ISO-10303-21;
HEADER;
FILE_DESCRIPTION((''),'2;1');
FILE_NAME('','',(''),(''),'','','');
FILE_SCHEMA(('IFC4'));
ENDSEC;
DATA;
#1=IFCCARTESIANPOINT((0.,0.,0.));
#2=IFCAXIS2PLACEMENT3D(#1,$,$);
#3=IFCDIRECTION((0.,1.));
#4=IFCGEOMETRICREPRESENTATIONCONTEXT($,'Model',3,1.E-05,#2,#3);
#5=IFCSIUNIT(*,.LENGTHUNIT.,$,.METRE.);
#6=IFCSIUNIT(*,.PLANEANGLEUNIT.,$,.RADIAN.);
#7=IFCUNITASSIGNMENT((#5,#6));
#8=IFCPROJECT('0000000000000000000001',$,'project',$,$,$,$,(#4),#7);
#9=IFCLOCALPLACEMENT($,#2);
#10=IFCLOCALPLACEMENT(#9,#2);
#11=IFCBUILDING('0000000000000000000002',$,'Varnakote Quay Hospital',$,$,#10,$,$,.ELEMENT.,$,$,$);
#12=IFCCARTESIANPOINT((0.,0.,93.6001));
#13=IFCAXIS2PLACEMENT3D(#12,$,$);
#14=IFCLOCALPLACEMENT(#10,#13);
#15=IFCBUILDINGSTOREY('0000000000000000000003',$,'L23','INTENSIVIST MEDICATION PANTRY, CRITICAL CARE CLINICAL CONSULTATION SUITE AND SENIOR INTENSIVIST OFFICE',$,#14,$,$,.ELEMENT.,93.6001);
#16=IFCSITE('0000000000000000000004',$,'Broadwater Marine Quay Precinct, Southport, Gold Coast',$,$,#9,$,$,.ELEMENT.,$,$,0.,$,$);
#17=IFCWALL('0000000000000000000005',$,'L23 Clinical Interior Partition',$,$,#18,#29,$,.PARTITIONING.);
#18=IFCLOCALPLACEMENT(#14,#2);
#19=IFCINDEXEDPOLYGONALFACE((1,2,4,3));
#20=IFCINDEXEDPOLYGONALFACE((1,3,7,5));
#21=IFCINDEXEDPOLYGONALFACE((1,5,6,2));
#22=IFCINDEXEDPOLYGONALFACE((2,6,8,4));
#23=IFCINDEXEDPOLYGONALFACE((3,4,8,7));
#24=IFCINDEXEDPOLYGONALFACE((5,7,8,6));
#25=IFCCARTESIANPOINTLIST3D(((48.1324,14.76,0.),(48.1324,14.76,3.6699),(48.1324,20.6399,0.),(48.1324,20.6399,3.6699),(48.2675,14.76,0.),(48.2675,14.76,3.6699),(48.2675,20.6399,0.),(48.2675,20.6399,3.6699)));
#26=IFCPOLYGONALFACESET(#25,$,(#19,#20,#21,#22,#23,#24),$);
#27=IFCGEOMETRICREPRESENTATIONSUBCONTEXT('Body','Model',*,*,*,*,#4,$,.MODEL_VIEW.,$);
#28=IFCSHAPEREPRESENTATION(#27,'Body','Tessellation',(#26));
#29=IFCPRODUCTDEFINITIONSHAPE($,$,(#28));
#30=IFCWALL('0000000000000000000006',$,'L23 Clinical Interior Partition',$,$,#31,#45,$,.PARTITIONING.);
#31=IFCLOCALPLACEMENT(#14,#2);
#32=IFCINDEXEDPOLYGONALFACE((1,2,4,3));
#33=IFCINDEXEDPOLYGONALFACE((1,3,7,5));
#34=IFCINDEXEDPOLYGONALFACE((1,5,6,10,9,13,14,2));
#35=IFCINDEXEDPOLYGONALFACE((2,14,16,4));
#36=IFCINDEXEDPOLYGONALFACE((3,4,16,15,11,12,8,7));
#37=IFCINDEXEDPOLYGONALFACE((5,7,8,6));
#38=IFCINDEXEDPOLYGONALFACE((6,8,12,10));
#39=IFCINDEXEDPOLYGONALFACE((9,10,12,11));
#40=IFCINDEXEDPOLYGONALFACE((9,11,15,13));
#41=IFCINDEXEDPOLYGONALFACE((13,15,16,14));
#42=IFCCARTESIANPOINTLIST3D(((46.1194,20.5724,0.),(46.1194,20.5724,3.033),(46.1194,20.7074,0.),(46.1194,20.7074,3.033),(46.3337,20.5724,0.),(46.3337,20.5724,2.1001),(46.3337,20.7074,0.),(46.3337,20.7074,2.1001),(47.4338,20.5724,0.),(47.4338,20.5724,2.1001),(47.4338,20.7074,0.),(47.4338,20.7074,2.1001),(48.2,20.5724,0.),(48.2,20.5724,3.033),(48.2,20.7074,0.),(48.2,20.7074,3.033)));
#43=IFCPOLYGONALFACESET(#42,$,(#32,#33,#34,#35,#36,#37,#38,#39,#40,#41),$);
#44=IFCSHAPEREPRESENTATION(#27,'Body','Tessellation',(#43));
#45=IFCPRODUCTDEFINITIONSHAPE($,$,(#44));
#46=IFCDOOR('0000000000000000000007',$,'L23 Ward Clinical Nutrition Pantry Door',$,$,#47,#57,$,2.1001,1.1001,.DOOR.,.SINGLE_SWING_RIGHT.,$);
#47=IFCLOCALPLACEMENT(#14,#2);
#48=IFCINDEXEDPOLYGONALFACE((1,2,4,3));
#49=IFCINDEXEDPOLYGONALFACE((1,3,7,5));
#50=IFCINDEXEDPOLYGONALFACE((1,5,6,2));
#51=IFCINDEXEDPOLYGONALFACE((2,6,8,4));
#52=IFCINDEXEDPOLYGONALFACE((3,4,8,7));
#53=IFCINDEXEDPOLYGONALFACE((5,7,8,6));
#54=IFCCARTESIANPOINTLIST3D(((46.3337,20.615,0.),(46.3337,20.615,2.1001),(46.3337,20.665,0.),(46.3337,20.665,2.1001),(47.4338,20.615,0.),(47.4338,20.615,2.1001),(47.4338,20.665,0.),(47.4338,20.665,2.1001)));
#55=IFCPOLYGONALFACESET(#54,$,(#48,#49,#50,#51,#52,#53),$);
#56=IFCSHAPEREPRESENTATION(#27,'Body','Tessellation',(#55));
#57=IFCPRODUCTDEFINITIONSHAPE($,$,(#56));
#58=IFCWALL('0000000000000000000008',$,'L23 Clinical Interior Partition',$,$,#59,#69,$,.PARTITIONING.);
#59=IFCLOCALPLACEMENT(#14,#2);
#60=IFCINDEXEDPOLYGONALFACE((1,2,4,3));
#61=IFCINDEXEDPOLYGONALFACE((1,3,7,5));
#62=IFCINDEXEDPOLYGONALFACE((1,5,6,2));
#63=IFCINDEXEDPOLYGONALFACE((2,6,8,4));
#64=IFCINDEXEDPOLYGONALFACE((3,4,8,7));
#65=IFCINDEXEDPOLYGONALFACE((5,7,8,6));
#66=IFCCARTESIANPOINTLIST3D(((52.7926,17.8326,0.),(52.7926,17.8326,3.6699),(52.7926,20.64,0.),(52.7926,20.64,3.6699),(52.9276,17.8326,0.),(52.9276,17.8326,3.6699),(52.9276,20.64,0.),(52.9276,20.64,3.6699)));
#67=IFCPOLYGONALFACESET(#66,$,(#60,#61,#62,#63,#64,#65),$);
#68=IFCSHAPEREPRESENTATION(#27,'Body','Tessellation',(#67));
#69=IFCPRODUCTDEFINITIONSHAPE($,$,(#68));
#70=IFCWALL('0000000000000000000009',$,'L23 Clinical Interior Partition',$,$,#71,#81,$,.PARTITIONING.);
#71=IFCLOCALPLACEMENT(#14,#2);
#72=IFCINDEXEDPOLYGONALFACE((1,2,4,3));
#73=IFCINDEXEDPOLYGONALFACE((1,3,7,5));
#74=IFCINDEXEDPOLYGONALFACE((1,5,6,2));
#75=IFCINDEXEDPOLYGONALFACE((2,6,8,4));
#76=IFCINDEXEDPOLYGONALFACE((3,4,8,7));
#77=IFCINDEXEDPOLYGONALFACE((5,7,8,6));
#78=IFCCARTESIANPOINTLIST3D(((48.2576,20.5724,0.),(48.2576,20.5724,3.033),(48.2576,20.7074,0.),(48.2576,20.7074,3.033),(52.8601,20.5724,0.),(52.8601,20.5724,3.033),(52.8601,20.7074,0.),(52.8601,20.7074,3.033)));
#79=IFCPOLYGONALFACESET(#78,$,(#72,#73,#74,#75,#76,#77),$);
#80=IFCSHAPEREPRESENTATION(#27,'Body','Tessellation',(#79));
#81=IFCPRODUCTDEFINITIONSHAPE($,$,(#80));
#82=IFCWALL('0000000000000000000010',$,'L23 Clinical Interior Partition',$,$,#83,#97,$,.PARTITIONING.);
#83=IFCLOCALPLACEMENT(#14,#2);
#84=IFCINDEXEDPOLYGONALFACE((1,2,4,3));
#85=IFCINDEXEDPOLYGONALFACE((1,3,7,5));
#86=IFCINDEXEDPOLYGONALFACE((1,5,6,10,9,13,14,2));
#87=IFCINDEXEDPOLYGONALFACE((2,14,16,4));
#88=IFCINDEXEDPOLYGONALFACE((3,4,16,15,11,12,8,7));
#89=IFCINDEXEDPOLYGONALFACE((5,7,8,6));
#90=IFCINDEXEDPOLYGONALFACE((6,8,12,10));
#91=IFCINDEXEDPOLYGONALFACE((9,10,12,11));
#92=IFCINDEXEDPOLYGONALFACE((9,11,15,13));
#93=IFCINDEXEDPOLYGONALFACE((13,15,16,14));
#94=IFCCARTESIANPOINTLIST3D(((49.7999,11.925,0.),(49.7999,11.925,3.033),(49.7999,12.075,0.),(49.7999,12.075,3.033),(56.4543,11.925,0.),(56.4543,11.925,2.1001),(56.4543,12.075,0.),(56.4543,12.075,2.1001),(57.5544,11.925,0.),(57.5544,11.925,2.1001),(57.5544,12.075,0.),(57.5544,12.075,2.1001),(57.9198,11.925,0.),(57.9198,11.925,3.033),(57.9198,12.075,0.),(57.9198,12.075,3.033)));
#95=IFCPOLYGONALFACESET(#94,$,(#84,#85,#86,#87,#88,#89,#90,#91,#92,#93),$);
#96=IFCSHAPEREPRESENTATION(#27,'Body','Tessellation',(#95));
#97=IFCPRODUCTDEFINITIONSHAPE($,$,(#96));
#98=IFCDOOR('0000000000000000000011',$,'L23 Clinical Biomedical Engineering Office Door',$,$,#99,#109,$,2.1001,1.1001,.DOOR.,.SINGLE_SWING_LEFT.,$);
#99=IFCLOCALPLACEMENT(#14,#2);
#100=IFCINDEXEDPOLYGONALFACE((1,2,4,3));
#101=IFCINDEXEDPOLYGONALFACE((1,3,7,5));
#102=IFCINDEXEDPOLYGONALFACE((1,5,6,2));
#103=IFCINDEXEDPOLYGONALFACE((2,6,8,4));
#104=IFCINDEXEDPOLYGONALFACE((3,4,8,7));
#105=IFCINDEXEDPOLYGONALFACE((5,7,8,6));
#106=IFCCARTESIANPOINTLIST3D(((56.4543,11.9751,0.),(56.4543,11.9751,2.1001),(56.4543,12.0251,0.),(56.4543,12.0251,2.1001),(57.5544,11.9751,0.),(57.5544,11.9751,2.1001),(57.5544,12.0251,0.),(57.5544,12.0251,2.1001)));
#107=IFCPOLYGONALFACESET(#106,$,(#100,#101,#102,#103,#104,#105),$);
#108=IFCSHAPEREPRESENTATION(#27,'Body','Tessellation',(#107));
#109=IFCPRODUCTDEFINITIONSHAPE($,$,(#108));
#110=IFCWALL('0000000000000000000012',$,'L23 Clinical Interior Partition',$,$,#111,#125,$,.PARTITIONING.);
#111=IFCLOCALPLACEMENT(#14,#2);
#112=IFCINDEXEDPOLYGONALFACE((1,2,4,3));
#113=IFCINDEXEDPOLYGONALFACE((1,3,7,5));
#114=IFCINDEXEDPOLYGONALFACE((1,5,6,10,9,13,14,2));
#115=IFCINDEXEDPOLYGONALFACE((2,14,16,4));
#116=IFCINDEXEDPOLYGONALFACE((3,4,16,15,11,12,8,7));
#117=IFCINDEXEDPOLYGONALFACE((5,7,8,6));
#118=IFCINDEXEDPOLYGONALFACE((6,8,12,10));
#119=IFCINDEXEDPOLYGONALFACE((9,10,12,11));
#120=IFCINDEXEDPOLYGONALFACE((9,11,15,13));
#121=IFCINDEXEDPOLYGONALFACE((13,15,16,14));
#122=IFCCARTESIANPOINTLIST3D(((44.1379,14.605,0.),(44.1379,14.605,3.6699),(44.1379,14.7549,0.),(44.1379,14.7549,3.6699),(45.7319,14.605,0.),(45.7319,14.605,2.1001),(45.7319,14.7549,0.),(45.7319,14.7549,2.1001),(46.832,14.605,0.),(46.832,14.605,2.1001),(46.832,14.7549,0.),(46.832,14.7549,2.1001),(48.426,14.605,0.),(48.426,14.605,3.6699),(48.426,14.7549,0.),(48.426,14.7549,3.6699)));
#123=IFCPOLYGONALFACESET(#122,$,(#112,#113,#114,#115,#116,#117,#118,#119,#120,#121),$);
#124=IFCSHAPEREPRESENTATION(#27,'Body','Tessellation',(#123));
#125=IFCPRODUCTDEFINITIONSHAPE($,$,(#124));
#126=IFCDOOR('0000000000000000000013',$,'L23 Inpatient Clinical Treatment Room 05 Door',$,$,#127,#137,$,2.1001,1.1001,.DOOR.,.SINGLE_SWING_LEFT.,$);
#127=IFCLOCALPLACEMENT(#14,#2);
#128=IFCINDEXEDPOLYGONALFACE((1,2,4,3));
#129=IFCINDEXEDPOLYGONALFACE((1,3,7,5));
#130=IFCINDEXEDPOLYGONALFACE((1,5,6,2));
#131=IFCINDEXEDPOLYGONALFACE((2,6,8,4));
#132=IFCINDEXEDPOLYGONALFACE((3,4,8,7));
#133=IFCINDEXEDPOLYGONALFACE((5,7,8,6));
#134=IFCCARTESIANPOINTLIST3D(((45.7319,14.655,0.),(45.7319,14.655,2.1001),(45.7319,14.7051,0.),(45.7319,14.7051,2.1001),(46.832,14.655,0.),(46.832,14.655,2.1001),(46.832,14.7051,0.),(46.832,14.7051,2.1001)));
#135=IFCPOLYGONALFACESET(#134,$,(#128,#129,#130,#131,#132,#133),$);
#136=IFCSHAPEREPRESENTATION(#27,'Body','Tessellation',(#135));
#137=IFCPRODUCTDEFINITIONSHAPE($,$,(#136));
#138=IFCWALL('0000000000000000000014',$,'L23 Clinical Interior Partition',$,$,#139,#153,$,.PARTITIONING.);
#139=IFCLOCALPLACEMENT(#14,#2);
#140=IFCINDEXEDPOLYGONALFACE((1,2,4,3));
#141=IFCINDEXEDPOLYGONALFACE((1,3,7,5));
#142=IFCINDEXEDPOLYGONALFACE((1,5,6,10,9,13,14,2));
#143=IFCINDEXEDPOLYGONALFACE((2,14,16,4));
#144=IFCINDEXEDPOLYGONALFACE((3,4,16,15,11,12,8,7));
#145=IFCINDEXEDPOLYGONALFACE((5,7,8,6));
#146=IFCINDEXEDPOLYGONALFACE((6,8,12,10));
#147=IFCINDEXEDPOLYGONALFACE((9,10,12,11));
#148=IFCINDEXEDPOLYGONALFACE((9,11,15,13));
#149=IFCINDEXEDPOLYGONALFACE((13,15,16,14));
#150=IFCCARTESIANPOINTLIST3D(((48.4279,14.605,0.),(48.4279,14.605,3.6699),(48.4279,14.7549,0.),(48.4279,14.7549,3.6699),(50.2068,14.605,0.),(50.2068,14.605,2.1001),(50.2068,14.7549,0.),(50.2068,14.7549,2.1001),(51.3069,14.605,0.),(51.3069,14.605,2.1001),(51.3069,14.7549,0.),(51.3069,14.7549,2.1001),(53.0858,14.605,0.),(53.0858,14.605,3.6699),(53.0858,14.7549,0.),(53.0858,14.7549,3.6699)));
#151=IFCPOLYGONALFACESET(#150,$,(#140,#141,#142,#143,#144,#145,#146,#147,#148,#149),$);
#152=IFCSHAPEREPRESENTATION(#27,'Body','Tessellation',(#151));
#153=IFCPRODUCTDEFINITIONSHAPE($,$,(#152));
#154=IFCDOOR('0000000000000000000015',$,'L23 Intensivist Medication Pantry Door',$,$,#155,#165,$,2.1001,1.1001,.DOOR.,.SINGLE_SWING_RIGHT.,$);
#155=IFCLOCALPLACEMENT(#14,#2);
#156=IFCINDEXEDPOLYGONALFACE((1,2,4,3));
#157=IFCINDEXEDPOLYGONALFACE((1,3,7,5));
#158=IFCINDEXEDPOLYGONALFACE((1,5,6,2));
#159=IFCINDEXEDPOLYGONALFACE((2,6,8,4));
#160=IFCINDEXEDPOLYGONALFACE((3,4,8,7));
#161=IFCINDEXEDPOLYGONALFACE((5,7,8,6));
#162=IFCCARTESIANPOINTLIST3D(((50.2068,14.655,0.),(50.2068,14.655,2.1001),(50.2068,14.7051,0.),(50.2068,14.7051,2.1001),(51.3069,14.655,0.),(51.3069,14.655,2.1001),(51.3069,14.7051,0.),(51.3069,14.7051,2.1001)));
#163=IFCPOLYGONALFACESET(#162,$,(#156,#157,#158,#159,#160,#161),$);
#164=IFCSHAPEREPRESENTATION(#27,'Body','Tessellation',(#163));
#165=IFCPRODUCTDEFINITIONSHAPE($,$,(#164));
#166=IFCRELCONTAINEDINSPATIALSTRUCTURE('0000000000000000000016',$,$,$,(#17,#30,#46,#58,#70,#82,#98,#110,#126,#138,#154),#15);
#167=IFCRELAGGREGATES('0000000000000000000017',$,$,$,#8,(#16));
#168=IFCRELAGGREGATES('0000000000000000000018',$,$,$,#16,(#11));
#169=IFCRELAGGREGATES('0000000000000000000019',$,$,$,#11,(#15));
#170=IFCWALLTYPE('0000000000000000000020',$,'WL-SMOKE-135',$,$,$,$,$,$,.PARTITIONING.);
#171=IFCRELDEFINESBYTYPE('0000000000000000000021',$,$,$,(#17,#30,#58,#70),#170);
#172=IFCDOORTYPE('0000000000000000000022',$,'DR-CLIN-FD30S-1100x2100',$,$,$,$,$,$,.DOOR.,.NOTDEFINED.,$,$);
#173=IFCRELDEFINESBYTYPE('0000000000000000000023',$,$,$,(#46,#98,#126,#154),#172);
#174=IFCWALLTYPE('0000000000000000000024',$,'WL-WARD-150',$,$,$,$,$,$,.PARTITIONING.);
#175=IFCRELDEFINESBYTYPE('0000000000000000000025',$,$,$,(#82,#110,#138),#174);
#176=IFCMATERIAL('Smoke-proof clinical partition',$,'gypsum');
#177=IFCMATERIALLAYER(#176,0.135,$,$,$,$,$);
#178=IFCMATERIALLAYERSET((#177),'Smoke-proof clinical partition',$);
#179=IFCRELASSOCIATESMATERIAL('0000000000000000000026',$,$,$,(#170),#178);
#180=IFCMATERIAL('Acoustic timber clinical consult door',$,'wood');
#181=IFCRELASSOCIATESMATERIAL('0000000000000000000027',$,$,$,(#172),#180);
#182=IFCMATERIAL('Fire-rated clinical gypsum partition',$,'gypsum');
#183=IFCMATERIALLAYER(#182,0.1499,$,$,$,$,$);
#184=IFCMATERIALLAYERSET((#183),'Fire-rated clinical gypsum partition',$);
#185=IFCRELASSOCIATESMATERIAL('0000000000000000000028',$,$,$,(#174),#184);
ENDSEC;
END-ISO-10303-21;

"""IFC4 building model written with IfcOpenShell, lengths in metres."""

from ifc_helpers import new_model, si_unit, direction, frame, frame_2d, origin, place, context, subcontext, project, spatial, rectangle, extrude, material, layer, layer_set, type_object, element, fill, save


model = new_model("IFC4")

# Units and contexts
model_context = context("Model", 3, precision=1e-05, world=origin(), true_north=direction((0.0, 1.0)))
body_context = subcontext(model_context, "Body", "Model", "MODEL_VIEW")
ifc_project = project(units=[si_unit("LENGTHUNIT", "METRE"), si_unit("PLANEANGLEUNIT", "RADIAN")], contexts=[model_context])

# Site, building, storey
site_placement = place(None, origin())
site = spatial("IfcSite", under=ifc_project, at=site_placement, Name="Broadwater Marine Quay Precinct, Southport, Gold Coast", CompositionType="ELEMENT", RefElevation=0.0)
building_placement = place(site_placement, origin())
building = spatial("IfcBuilding", under=site, at=building_placement, Name="Varnakote Quay Hospital", CompositionType="ELEMENT")
storey_placement = place(building_placement, frame((0.0, 0.0, 93.6001)))
storey = spatial("IfcBuildingStorey", under=building, at=storey_placement, Name="L23", Description="INTENSIVIST MEDICATION PANTRY, CRITICAL CARE CLINICAL CONSULTATION SUITE AND SENIOR INTENSIVIST OFFICE", CompositionType="ELEMENT", Elevation=93.6001)

# Wall
ifc_material_1 = material(Name="Smoke-proof clinical partition", Category="gypsum")
ifc_layer_1 = layer(ifc_material_1, 0.135)
ifc_layer_set_1 = layer_set([ifc_layer_1], Name="Smoke-proof clinical partition")
wall_type_1 = type_object("IfcWallType", Name="WL-SMOKE-135", PredefinedType="PARTITIONING", material=ifc_layer_set_1)
wall_1_placement = place(storey_placement, frame((48.2, 14.76, 0.0), z_axis=(0.0, 0.0, 1.0), x_axis=(0.0, 1.0, 0.0)))
element("IfcWall", 1, at=wall_1_placement, inside=storey, type_object=wall_type_1, Name="L23 Clinical Interior Partition", PredefinedType="PARTITIONING", context=body_context, shape_type="SweptSolid", body=[
    extrude(rectangle(XDim=5.8799, YDim=0.135, at=frame_2d((2.9399, 0.0))), origin(), (0.0, 0.0, 1.0), 3.6699),
])

# Wall, opening, door
wall_2_placement = place(storey_placement, frame((48.2, 20.6399, 0.0), z_axis=(0.0, 0.0, 1.0), x_axis=(-1.0, 0.0, 0.0)))
wall_2 = element("IfcWall", 2, at=wall_2_placement, inside=storey, type_object=wall_type_1, Name="L23 Clinical Interior Partition", PredefinedType="PARTITIONING", context=body_context, shape_type="SweptSolid", body=[
    extrude(rectangle(XDim=2.0806, YDim=0.135, at=frame_2d((1.0403, 0.0))), origin(), (0.0, 0.0, 1.0), 3.033),
])
opening_1_placement = place(wall_2_placement, frame((0.7661, 0.0, 0.0)))
opening_1 = element("IfcOpeningElement", 3, at=opening_1_placement, cuts=wall_2, PredefinedType="OPENING", context=body_context, shape_type="SweptSolid", body=[
    extrude(rectangle(XDim=1.1001, YDim=2.1001, at=frame_2d((0.55, 1.05))), frame((0.0, 0.0774, 0.0), z_axis=(0.0, -1.0, 0.0), x_axis=(1.0, 0.0, 0.0)), (0.0, 0.0, 1.0), 0.155),
])
ifc_material_2 = material(Name="Acoustic timber clinical consult door", Category="wood")
door_type_1 = type_object("IfcDoorType", Name="DR-CLIN-FD30S-1100x2100", OperationType="NOTDEFINED", PredefinedType="DOOR", material=ifc_material_2)
door_1_placement = place(opening_1_placement, origin())
door_1 = element("IfcDoor", 4, at=door_1_placement, inside=storey, type_object=door_type_1, Name="L23 Ward Clinical Nutrition Pantry Door", OperationType="SINGLE_SWING_RIGHT", OverallHeight=2.1001, OverallWidth=1.1001, PredefinedType="DOOR", context=body_context, shape_type="SweptSolid", body=[
    extrude(rectangle(XDim=1.1001, YDim=2.1001, at=frame_2d((0.55, 1.05))), frame((0.0, 0.0249, 0.0), z_axis=(0.0, -1.0, 0.0), x_axis=(1.0, 0.0, 0.0)), (0.0, 0.0, 1.0), 0.05),
])
fill(opening_1, door_1)

# Walls
wall_3_placement = place(storey_placement, frame((52.8601, 17.8325, 0.0), z_axis=(0.0, 0.0, 1.0), x_axis=(0.0, 1.0, 0.0)))
element("IfcWall", 5, at=wall_3_placement, inside=storey, type_object=wall_type_1, Name="L23 Clinical Interior Partition", PredefinedType="PARTITIONING", context=body_context, shape_type="SweptSolid", body=[
    extrude(rectangle(XDim=2.8074, YDim=0.135, at=frame_2d((1.4038, 0.0))), origin(), (0.0, 0.0, 1.0), 3.6699),
])
wall_4_placement = place(storey_placement, frame((52.8601, 20.6399, 0.0), z_axis=(0.0, 0.0, 1.0), x_axis=(-1.0, 0.0, 0.0)))
element("IfcWall", 6, at=wall_4_placement, inside=storey, type_object=wall_type_1, Name="L23 Clinical Interior Partition", PredefinedType="PARTITIONING", context=body_context, shape_type="SweptSolid", body=[
    extrude(rectangle(XDim=4.6025, YDim=0.135, at=frame_2d((2.3013, 0.0))), origin(), (0.0, 0.0, 1.0), 3.033),
])

# Walls, openings, doors
ifc_material_3 = material(Name="Fire-rated clinical gypsum partition", Category="gypsum")
ifc_layer_2 = layer(ifc_material_3, 0.1499)
ifc_layer_set_2 = layer_set([ifc_layer_2], Name="Fire-rated clinical gypsum partition")
wall_type_2 = type_object("IfcWallType", Name="WL-WARD-150", PredefinedType="PARTITIONING", material=ifc_layer_set_2)
wall_5_placement = place(storey_placement, frame((57.9199, 12.0, 0.0), z_axis=(0.0, 0.0, 1.0), x_axis=(-1.0, 0.0, 0.0)))
wall_5 = element("IfcWall", 7, at=wall_5_placement, inside=storey, type_object=wall_type_2, Name="L23 Clinical Interior Partition", PredefinedType="PARTITIONING", context=body_context, shape_type="SweptSolid", body=[
    extrude(rectangle(XDim=8.1199, YDim=0.1499, at=frame_2d((4.0601, 0.0))), origin(), (0.0, 0.0, 1.0), 3.033),
])
opening_2_placement = place(wall_5_placement, frame((0.3655, 0.0, 0.0)))
opening_2 = element("IfcOpeningElement", 8, at=opening_2_placement, cuts=wall_5, PredefinedType="OPENING", context=body_context, shape_type="SweptSolid", body=[
    extrude(rectangle(XDim=1.1001, YDim=2.1001, at=frame_2d((0.55, 1.05))), frame((0.0, 0.085, 0.0), z_axis=(0.0, -1.0, 0.0), x_axis=(1.0, 0.0, 0.0)), (0.0, 0.0, 1.0), 0.1699),
])
door_2_placement = place(opening_2_placement, origin())
door_2 = element("IfcDoor", 9, at=door_2_placement, inside=storey, type_object=door_type_1, Name="L23 Clinical Biomedical Engineering Office Door", OperationType="SINGLE_SWING_LEFT", OverallHeight=2.1001, OverallWidth=1.1001, PredefinedType="DOOR", context=body_context, shape_type="SweptSolid", body=[
    extrude(rectangle(XDim=1.1001, YDim=2.1001, at=frame_2d((0.55, 1.05))), frame((0.0, 0.0249, 0.0), z_axis=(0.0, -1.0, 0.0), x_axis=(1.0, 0.0, 0.0)), (0.0, 0.0, 1.0), 0.05),
])
fill(opening_2, door_2)
wall_6_placement = place(storey_placement, frame((48.426, 14.6799, 0.0), z_axis=(0.0, 0.0, 1.0), x_axis=(-1.0, 0.0, 0.0)))
wall_6 = element("IfcWall", 10, at=wall_6_placement, inside=storey, type_object=wall_type_2, Name="L23 Clinical Interior Partition", PredefinedType="PARTITIONING", context=body_context, shape_type="SweptSolid", body=[
    extrude(rectangle(XDim=4.2881, YDim=0.1499, at=frame_2d((2.144, 0.0))), origin(), (0.0, 0.0, 1.0), 3.6699),
])
opening_3_placement = place(wall_6_placement, frame((1.594, 0.0, 0.0)))
opening_3 = element("IfcOpeningElement", 11, at=opening_3_placement, cuts=wall_6, PredefinedType="OPENING", context=body_context, shape_type="SweptSolid", body=[
    extrude(rectangle(XDim=1.1001, YDim=2.1001, at=frame_2d((0.55, 1.05))), frame((0.0, 0.085, 0.0), z_axis=(0.0, -1.0, 0.0), x_axis=(1.0, 0.0, 0.0)), (0.0, 0.0, 1.0), 0.1699),
])
door_3_placement = place(opening_3_placement, origin())
door_3 = element("IfcDoor", 12, at=door_3_placement, inside=storey, type_object=door_type_1, Name="L23 Inpatient Clinical Treatment Room 05 Door", OperationType="SINGLE_SWING_LEFT", OverallHeight=2.1001, OverallWidth=1.1001, PredefinedType="DOOR", context=body_context, shape_type="SweptSolid", body=[
    extrude(rectangle(XDim=1.1001, YDim=2.1001, at=frame_2d((0.55, 1.05))), frame((0.0, 0.0249, 0.0), z_axis=(0.0, -1.0, 0.0), x_axis=(1.0, 0.0, 0.0)), (0.0, 0.0, 1.0), 0.05),
])
fill(opening_3, door_3)
wall_7_placement = place(storey_placement, frame((53.0859, 14.6799, 0.0), z_axis=(0.0, 0.0, 1.0), x_axis=(-1.0, 0.0, 0.0)))
wall_7 = element("IfcWall", 13, at=wall_7_placement, inside=storey, type_object=wall_type_2, Name="L23 Clinical Interior Partition", PredefinedType="PARTITIONING", context=body_context, shape_type="SweptSolid", body=[
    extrude(rectangle(XDim=4.658, YDim=0.1499, at=frame_2d((2.3291, 0.0))), origin(), (0.0, 0.0, 1.0), 3.6699),
])
opening_4_placement = place(wall_7_placement, frame((1.7791, 0.0, 0.0)))
opening_4 = element("IfcOpeningElement", 14, at=opening_4_placement, cuts=wall_7, PredefinedType="OPENING", context=body_context, shape_type="SweptSolid", body=[
    extrude(rectangle(XDim=1.1001, YDim=2.1001, at=frame_2d((0.55, 1.05))), frame((0.0, 0.085, 0.0), z_axis=(0.0, -1.0, 0.0), x_axis=(1.0, 0.0, 0.0)), (0.0, 0.0, 1.0), 0.1699),
])
door_4_placement = place(opening_4_placement, origin())
door_4 = element("IfcDoor", 15, at=door_4_placement, inside=storey, type_object=door_type_1, Name="L23 Intensivist Medication Pantry Door", OperationType="SINGLE_SWING_RIGHT", OverallHeight=2.1001, OverallWidth=1.1001, PredefinedType="DOOR", context=body_context, shape_type="SweptSolid", body=[
    extrude(rectangle(XDim=1.1001, YDim=2.1001, at=frame_2d((0.55, 1.05))), frame((0.0, 0.0249, 0.0), z_axis=(0.0, -1.0, 0.0), x_axis=(1.0, 0.0, 0.0)), (0.0, 0.0, 1.0), 0.05),
])
fill(opening_4, door_4)

save(model, "model.ifc")
